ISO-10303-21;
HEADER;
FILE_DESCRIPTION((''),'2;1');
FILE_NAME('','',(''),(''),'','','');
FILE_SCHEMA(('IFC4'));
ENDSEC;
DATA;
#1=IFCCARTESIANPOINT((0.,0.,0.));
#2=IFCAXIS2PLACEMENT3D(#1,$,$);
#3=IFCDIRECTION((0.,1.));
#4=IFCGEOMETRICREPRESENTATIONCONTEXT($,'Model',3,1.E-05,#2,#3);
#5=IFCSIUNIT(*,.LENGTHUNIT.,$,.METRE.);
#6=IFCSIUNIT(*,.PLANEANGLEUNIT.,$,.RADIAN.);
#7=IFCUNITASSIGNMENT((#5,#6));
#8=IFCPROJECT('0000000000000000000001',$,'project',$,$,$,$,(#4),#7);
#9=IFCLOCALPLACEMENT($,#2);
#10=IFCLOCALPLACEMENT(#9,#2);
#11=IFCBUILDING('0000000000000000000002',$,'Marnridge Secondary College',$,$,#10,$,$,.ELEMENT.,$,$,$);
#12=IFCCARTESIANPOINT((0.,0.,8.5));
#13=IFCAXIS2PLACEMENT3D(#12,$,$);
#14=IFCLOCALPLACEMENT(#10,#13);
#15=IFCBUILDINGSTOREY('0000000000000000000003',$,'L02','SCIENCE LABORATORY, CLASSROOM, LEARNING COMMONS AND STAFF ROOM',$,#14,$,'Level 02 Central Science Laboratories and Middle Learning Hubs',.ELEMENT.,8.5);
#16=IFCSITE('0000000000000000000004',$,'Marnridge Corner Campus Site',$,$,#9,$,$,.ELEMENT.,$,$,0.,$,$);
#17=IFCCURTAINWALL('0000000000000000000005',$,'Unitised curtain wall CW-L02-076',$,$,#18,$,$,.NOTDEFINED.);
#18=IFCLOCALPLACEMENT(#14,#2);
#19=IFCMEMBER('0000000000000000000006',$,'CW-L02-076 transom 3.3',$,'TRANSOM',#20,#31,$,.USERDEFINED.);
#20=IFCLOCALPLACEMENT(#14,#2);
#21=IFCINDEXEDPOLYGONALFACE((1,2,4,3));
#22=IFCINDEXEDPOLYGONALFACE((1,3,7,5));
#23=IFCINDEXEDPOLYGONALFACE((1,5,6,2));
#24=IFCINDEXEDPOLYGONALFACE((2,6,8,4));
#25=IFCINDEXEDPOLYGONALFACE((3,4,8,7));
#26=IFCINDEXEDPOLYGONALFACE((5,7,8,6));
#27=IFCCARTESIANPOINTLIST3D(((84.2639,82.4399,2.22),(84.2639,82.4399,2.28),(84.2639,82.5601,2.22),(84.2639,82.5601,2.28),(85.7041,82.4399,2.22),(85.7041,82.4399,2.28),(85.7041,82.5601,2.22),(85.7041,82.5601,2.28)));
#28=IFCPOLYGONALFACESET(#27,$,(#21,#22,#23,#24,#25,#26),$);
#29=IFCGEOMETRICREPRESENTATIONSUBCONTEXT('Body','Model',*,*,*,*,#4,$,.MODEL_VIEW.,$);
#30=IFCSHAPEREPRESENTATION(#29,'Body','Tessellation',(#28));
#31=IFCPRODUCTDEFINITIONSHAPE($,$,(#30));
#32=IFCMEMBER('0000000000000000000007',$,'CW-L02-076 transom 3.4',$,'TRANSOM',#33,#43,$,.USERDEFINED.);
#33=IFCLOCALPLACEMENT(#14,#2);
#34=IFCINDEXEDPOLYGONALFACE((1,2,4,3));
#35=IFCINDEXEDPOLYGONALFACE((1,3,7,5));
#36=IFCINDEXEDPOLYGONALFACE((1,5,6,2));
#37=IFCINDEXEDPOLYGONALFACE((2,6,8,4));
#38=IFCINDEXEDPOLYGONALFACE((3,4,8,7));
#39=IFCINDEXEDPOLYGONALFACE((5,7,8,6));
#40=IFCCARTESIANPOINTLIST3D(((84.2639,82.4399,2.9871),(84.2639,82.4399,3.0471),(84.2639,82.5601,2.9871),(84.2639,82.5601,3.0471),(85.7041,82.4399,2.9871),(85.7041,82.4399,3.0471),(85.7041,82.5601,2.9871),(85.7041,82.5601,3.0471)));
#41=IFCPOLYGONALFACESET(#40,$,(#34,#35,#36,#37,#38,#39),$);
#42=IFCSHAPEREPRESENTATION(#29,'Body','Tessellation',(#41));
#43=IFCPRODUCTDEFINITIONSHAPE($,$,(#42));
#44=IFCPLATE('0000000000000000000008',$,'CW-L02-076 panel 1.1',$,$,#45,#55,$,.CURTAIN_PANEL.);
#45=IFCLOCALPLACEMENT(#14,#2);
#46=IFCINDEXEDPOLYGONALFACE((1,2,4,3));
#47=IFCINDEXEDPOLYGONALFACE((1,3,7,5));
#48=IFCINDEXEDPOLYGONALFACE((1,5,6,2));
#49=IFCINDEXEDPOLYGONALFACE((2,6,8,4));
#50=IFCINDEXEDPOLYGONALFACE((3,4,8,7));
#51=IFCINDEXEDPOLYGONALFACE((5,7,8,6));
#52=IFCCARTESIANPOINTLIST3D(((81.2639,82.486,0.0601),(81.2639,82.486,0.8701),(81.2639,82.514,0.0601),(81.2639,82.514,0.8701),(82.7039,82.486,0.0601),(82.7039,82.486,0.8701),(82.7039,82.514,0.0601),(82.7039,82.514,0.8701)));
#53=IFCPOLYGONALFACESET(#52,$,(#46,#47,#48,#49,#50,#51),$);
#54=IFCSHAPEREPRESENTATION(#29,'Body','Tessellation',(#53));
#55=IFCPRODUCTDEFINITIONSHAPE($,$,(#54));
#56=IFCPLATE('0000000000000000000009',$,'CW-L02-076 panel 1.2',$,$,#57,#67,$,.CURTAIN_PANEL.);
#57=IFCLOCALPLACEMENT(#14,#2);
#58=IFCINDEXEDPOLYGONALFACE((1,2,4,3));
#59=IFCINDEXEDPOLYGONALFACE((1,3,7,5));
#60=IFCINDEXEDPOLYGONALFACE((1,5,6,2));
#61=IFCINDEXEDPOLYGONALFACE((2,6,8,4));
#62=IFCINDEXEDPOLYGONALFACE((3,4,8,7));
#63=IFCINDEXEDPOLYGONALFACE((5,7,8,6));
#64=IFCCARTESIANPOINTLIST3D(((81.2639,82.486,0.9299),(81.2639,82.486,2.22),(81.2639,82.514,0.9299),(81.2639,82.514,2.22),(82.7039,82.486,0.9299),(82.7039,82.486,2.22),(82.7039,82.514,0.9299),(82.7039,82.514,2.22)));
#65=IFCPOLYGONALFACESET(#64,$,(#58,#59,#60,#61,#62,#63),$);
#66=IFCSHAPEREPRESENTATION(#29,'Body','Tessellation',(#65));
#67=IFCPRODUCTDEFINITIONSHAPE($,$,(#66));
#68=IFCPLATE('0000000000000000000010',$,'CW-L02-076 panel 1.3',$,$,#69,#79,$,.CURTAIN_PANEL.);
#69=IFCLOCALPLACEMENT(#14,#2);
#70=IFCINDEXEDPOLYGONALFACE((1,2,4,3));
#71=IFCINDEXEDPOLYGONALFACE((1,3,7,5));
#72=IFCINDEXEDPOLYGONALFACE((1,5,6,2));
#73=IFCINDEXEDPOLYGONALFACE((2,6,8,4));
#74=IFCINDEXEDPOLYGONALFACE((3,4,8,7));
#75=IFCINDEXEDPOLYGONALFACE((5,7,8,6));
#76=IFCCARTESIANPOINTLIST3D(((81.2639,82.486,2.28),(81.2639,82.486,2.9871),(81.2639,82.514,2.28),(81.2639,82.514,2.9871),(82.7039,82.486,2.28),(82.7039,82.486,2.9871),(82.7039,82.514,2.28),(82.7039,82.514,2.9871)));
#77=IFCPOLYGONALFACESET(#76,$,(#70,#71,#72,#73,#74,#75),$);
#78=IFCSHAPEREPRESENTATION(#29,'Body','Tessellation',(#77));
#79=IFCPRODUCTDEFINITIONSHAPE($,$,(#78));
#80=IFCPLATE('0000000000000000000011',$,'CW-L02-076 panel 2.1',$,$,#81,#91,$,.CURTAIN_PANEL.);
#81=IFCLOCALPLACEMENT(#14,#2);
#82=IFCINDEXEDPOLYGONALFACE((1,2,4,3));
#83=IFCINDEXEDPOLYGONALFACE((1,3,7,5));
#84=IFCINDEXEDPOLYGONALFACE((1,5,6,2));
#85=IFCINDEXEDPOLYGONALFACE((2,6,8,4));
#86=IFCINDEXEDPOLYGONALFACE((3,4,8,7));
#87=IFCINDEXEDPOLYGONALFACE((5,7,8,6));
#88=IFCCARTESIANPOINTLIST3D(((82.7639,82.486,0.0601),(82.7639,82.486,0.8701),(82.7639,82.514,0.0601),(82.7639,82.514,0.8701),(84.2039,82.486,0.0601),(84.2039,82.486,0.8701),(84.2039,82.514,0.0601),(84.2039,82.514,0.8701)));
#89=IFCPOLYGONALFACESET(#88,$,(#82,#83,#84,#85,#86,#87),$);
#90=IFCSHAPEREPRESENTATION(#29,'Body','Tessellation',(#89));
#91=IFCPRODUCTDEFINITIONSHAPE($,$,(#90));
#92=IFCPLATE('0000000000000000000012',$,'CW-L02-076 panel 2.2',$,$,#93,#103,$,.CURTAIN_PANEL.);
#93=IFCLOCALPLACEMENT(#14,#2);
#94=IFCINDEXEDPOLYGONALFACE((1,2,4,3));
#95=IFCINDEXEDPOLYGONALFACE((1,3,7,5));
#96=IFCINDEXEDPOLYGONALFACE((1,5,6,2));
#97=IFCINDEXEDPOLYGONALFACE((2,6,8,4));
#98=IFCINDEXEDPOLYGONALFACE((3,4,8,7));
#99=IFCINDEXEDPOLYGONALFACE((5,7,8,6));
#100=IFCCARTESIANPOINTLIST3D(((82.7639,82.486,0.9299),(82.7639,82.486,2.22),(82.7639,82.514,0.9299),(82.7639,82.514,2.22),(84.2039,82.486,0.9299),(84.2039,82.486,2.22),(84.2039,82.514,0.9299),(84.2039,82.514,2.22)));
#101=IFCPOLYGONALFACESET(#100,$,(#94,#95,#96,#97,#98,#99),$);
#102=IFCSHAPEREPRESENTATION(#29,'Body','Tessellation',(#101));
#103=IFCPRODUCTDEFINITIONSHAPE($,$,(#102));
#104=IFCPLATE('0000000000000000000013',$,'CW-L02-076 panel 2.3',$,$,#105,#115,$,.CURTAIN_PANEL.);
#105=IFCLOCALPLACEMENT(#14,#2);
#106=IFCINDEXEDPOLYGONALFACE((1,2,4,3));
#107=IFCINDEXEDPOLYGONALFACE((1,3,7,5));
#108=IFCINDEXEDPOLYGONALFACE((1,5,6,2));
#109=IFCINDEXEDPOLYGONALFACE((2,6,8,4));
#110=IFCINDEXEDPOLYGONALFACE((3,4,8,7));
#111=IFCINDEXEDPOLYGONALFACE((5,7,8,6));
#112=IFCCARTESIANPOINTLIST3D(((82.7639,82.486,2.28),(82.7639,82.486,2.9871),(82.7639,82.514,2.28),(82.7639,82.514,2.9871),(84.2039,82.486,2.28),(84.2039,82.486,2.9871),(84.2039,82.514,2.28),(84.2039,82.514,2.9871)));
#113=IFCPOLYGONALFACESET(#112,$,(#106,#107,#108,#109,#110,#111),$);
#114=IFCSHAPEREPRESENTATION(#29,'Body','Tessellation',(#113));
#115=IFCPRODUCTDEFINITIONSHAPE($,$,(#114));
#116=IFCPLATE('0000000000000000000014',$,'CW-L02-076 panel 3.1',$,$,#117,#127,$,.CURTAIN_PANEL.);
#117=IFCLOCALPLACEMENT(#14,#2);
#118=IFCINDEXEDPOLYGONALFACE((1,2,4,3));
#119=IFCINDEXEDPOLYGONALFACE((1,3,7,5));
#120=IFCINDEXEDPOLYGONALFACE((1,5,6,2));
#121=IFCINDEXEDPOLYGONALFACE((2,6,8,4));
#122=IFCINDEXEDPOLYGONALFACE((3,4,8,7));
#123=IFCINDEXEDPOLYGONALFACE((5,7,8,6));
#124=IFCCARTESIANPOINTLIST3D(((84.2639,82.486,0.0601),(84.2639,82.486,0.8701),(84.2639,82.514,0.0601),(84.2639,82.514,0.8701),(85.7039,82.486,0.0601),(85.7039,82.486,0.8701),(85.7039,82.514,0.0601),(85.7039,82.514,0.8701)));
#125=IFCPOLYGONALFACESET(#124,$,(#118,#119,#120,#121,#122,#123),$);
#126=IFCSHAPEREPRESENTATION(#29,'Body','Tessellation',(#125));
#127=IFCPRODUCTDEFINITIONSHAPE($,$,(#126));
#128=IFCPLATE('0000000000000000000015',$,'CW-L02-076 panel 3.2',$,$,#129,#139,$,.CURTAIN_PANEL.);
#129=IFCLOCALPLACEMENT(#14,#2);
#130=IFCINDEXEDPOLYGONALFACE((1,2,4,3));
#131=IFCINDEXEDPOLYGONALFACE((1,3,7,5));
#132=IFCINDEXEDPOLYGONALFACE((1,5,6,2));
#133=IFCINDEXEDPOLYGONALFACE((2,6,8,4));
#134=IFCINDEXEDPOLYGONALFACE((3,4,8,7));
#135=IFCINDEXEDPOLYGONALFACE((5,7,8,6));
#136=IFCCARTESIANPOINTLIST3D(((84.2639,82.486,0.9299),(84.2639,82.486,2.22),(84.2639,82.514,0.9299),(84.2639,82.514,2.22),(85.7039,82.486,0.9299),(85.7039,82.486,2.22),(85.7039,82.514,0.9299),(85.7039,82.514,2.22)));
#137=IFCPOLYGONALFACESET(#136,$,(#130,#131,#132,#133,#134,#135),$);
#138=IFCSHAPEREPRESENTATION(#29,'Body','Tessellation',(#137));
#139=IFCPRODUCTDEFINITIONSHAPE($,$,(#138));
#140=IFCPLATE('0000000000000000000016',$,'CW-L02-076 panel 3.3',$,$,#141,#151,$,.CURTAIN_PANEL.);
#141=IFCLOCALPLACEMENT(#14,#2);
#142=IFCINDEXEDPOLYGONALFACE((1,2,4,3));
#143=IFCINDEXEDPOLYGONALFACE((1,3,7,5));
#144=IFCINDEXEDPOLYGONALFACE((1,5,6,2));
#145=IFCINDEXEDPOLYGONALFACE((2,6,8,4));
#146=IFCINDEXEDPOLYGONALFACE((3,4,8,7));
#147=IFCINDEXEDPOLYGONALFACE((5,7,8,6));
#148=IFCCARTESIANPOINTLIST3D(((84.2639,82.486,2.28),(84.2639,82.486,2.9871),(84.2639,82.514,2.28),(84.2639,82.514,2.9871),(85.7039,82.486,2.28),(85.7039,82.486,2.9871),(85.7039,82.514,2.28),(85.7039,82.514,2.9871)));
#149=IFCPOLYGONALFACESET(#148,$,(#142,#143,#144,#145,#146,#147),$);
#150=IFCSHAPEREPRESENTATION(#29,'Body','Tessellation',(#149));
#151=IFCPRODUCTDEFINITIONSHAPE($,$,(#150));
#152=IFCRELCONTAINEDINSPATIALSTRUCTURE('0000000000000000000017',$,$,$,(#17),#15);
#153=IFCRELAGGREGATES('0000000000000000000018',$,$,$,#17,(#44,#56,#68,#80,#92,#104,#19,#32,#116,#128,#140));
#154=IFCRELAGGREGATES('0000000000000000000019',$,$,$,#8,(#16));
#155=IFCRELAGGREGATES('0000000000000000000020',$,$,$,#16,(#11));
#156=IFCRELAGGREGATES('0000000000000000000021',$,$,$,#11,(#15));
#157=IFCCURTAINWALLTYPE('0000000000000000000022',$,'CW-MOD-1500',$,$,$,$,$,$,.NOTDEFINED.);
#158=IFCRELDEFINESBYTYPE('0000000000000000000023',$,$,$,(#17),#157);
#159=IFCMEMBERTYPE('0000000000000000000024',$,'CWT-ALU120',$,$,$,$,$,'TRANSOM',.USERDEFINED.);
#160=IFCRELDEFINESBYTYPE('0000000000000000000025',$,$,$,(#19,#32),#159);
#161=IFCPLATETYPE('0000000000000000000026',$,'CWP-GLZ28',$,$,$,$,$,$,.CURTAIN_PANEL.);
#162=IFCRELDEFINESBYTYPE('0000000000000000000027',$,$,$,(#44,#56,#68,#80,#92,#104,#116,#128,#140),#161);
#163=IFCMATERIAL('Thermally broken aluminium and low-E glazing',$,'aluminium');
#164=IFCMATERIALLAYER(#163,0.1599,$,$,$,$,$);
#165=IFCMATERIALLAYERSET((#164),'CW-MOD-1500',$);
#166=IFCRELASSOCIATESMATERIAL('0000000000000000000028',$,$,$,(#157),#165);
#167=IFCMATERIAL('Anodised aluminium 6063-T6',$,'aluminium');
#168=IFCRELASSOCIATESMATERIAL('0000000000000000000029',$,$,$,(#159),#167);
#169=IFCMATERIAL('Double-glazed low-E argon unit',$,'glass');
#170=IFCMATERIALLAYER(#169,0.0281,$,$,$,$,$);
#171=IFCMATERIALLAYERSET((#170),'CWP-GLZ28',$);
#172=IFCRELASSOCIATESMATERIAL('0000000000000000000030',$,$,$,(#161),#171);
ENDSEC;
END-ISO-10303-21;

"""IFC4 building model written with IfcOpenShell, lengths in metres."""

from ifc_helpers import new_model, si_unit, direction, frame, origin, origin_2d, place, context, subcontext, project, spatial, rectangle, extrude, material, layer, layer_set, material_profile, profile_set, type_object, element, aggregate, save


model = new_model("IFC4")

# Units and contexts
model_context = context("Model", 3, precision=1e-05, world=origin(), true_north=direction((0.0, 1.0)))
body_context = subcontext(model_context, "Body", "Model", "MODEL_VIEW")
ifc_project = project(units=[si_unit("LENGTHUNIT", "METRE"), si_unit("PLANEANGLEUNIT", "RADIAN")], contexts=[model_context])

# Site, building, storey
site_placement = place(None, origin())
site = spatial("IfcSite", under=ifc_project, at=site_placement, Name="Marnridge Corner Campus Site", CompositionType="ELEMENT", RefElevation=0.0)
building_placement = place(site_placement, origin())
building = spatial("IfcBuilding", under=site, at=building_placement, Name="Marnridge Secondary College", CompositionType="ELEMENT")
storey_placement = place(building_placement, frame((0.0, 0.0, 8.5)))
storey = spatial("IfcBuildingStorey", under=building, at=storey_placement, Name="L02", Description="SCIENCE LABORATORY, CLASSROOM, LEARNING COMMONS AND STAFF ROOM", LongName="Level 02 Central Science Laboratories and Middle Learning Hubs", CompositionType="ELEMENT", Elevation=8.5)

# Curtain wall, members, plates
ifc_material_1 = material(Name="Thermally broken aluminium and low-E glazing", Category="aluminium")
ifc_layer_1 = layer(ifc_material_1, 0.1599)
ifc_layer_set_1 = layer_set([ifc_layer_1], Name="CW-MOD-1500")
curtain_wall_type = type_object("IfcCurtainWallType", Name="CW-MOD-1500", PredefinedType="NOTDEFINED", material=ifc_layer_set_1)
curtain_wall_placement = place(storey_placement, origin())
curtain_wall = element("IfcCurtainWall", 1, at=curtain_wall_placement, inside=storey, type_object=curtain_wall_type, Name="Unitised curtain wall CW-L02-076", PredefinedType="NOTDEFINED")
ifc_material_2 = material(Name="Anodised aluminium 6063-T6", Category="aluminium")
ifc_material_profile_1 = material_profile(ifc_material_2, rectangle(XDim=0.0601, YDim=0.1201, at=origin_2d()), Name="ALU 60x120")
ifc_profile_set_1 = profile_set([ifc_material_profile_1], Name="Anodised aluminium 6063-T6")
member_type_1 = type_object("IfcMemberType", Name="CWT-ALU120", ElementType="TRANSOM", PredefinedType="USERDEFINED", material=ifc_profile_set_1)
member_1_placement = place(storey_placement, frame((84.2639, 82.5, 2.25), z_axis=(1.0, 0.0, 0.0), x_axis=(0.0, 0.0, 1.0)))
member_1 = element("IfcMember", 2, at=member_1_placement, type_object=member_type_1, Name="CW-L02-076 transom 3.3", ObjectType="TRANSOM", PredefinedType="USERDEFINED", context=body_context, shape_type="SweptSolid", body=[
    extrude(rectangle(XDim=0.0601, YDim=0.1201, at=origin_2d()), origin(), (0.0, 0.0, 1.0), 1.4402),
])
member_2_placement = place(storey_placement, frame((84.2639, 82.5, 3.0171), z_axis=(1.0, 0.0, 0.0), x_axis=(0.0, 0.0, 1.0)))
member_2 = element("IfcMember", 3, at=member_2_placement, type_object=member_type_1, Name="CW-L02-076 transom 3.4", ObjectType="TRANSOM", PredefinedType="USERDEFINED", context=body_context, shape_type="SweptSolid", body=[
    extrude(rectangle(XDim=0.0601, YDim=0.1201, at=origin_2d()), origin(), (0.0, 0.0, 1.0), 1.4402),
])
ifc_material_3 = material(Name="Double-glazed low-E argon unit", Category="glass")
ifc_layer_2 = layer(ifc_material_3, 0.0281)
ifc_layer_set_2 = layer_set([ifc_layer_2], Name="CWP-GLZ28")
plate_type = type_object("IfcPlateType", Name="CWP-GLZ28", PredefinedType="CURTAIN_PANEL", material=ifc_layer_set_2)
plate_1_placement = place(storey_placement, frame((81.9839, 82.5, 0.0601), z_axis=(0.0, 0.0, 1.0), x_axis=(1.0, 0.0, 0.0)))
plate_1 = element("IfcPlate", 4, at=plate_1_placement, type_object=plate_type, Name="CW-L02-076 panel 1.1", PredefinedType="CURTAIN_PANEL", context=body_context, shape_type="SweptSolid", body=[
    extrude(rectangle(XDim=1.4399, YDim=0.0281, at=origin_2d()), origin(), (0.0, 0.0, 1.0), 0.8101),
])
plate_2_placement = place(storey_placement, frame((81.9839, 82.5, 0.9299), z_axis=(0.0, 0.0, 1.0), x_axis=(1.0, 0.0, 0.0)))
plate_2 = element("IfcPlate", 5, at=plate_2_placement, type_object=plate_type, Name="CW-L02-076 panel 1.2", PredefinedType="CURTAIN_PANEL", context=body_context, shape_type="SweptSolid", body=[
    extrude(rectangle(XDim=1.4399, YDim=0.0281, at=origin_2d()), origin(), (0.0, 0.0, 1.0), 1.29),
])
plate_3_placement = place(storey_placement, frame((81.9839, 82.5, 2.28), z_axis=(0.0, 0.0, 1.0), x_axis=(1.0, 0.0, 0.0)))
plate_3 = element("IfcPlate", 6, at=plate_3_placement, type_object=plate_type, Name="CW-L02-076 panel 1.3", PredefinedType="CURTAIN_PANEL", context=body_context, shape_type="SweptSolid", body=[
    extrude(rectangle(XDim=1.4399, YDim=0.0281, at=origin_2d()), origin(), (0.0, 0.0, 1.0), 0.707),
])
plate_4_placement = place(storey_placement, frame((83.4839, 82.5, 0.0601), z_axis=(0.0, 0.0, 1.0), x_axis=(1.0, 0.0, 0.0)))
plate_4 = element("IfcPlate", 7, at=plate_4_placement, type_object=plate_type, Name="CW-L02-076 panel 2.1", PredefinedType="CURTAIN_PANEL", context=body_context, shape_type="SweptSolid", body=[
    extrude(rectangle(XDim=1.4399, YDim=0.0281, at=origin_2d()), origin(), (0.0, 0.0, 1.0), 0.8101),
])
plate_5_placement = place(storey_placement, frame((83.4839, 82.5, 0.9299), z_axis=(0.0, 0.0, 1.0), x_axis=(1.0, 0.0, 0.0)))
plate_5 = element("IfcPlate", 8, at=plate_5_placement, type_object=plate_type, Name="CW-L02-076 panel 2.2", PredefinedType="CURTAIN_PANEL", context=body_context, shape_type="SweptSolid", body=[
    extrude(rectangle(XDim=1.4399, YDim=0.0281, at=origin_2d()), origin(), (0.0, 0.0, 1.0), 1.29),
])
plate_6_placement = place(storey_placement, frame((83.4839, 82.5, 2.28), z_axis=(0.0, 0.0, 1.0), x_axis=(1.0, 0.0, 0.0)))
plate_6 = element("IfcPlate", 9, at=plate_6_placement, type_object=plate_type, Name="CW-L02-076 panel 2.3", PredefinedType="CURTAIN_PANEL", context=body_context, shape_type="SweptSolid", body=[
    extrude(rectangle(XDim=1.4399, YDim=0.0281, at=origin_2d()), origin(), (0.0, 0.0, 1.0), 0.707),
])
plate_7_placement = place(storey_placement, frame((84.9839, 82.5, 0.0601), z_axis=(0.0, 0.0, 1.0), x_axis=(1.0, 0.0, 0.0)))
plate_7 = element("IfcPlate", 10, at=plate_7_placement, type_object=plate_type, Name="CW-L02-076 panel 3.1", PredefinedType="CURTAIN_PANEL", context=body_context, shape_type="SweptSolid", body=[
    extrude(rectangle(XDim=1.4399, YDim=0.0281, at=origin_2d()), origin(), (0.0, 0.0, 1.0), 0.8101),
])
plate_8_placement = place(storey_placement, frame((84.9839, 82.5, 0.9299), z_axis=(0.0, 0.0, 1.0), x_axis=(1.0, 0.0, 0.0)))
plate_8 = element("IfcPlate", 11, at=plate_8_placement, type_object=plate_type, Name="CW-L02-076 panel 3.2", PredefinedType="CURTAIN_PANEL", context=body_context, shape_type="SweptSolid", body=[
    extrude(rectangle(XDim=1.4399, YDim=0.0281, at=origin_2d()), origin(), (0.0, 0.0, 1.0), 1.29),
])
plate_9_placement = place(storey_placement, frame((84.9839, 82.5, 2.28), z_axis=(0.0, 0.0, 1.0), x_axis=(1.0, 0.0, 0.0)))
plate_9 = element("IfcPlate", 12, at=plate_9_placement, type_object=plate_type, Name="CW-L02-076 panel 3.3", PredefinedType="CURTAIN_PANEL", context=body_context, shape_type="SweptSolid", body=[
    extrude(rectangle(XDim=1.4399, YDim=0.0281, at=origin_2d()), origin(), (0.0, 0.0, 1.0), 0.707),
])
aggregate(curtain_wall, [plate_1, plate_2, plate_3, plate_4, plate_5, plate_6, member_1, member_2, plate_7, plate_8, plate_9])

save(model, "model.ifc")
